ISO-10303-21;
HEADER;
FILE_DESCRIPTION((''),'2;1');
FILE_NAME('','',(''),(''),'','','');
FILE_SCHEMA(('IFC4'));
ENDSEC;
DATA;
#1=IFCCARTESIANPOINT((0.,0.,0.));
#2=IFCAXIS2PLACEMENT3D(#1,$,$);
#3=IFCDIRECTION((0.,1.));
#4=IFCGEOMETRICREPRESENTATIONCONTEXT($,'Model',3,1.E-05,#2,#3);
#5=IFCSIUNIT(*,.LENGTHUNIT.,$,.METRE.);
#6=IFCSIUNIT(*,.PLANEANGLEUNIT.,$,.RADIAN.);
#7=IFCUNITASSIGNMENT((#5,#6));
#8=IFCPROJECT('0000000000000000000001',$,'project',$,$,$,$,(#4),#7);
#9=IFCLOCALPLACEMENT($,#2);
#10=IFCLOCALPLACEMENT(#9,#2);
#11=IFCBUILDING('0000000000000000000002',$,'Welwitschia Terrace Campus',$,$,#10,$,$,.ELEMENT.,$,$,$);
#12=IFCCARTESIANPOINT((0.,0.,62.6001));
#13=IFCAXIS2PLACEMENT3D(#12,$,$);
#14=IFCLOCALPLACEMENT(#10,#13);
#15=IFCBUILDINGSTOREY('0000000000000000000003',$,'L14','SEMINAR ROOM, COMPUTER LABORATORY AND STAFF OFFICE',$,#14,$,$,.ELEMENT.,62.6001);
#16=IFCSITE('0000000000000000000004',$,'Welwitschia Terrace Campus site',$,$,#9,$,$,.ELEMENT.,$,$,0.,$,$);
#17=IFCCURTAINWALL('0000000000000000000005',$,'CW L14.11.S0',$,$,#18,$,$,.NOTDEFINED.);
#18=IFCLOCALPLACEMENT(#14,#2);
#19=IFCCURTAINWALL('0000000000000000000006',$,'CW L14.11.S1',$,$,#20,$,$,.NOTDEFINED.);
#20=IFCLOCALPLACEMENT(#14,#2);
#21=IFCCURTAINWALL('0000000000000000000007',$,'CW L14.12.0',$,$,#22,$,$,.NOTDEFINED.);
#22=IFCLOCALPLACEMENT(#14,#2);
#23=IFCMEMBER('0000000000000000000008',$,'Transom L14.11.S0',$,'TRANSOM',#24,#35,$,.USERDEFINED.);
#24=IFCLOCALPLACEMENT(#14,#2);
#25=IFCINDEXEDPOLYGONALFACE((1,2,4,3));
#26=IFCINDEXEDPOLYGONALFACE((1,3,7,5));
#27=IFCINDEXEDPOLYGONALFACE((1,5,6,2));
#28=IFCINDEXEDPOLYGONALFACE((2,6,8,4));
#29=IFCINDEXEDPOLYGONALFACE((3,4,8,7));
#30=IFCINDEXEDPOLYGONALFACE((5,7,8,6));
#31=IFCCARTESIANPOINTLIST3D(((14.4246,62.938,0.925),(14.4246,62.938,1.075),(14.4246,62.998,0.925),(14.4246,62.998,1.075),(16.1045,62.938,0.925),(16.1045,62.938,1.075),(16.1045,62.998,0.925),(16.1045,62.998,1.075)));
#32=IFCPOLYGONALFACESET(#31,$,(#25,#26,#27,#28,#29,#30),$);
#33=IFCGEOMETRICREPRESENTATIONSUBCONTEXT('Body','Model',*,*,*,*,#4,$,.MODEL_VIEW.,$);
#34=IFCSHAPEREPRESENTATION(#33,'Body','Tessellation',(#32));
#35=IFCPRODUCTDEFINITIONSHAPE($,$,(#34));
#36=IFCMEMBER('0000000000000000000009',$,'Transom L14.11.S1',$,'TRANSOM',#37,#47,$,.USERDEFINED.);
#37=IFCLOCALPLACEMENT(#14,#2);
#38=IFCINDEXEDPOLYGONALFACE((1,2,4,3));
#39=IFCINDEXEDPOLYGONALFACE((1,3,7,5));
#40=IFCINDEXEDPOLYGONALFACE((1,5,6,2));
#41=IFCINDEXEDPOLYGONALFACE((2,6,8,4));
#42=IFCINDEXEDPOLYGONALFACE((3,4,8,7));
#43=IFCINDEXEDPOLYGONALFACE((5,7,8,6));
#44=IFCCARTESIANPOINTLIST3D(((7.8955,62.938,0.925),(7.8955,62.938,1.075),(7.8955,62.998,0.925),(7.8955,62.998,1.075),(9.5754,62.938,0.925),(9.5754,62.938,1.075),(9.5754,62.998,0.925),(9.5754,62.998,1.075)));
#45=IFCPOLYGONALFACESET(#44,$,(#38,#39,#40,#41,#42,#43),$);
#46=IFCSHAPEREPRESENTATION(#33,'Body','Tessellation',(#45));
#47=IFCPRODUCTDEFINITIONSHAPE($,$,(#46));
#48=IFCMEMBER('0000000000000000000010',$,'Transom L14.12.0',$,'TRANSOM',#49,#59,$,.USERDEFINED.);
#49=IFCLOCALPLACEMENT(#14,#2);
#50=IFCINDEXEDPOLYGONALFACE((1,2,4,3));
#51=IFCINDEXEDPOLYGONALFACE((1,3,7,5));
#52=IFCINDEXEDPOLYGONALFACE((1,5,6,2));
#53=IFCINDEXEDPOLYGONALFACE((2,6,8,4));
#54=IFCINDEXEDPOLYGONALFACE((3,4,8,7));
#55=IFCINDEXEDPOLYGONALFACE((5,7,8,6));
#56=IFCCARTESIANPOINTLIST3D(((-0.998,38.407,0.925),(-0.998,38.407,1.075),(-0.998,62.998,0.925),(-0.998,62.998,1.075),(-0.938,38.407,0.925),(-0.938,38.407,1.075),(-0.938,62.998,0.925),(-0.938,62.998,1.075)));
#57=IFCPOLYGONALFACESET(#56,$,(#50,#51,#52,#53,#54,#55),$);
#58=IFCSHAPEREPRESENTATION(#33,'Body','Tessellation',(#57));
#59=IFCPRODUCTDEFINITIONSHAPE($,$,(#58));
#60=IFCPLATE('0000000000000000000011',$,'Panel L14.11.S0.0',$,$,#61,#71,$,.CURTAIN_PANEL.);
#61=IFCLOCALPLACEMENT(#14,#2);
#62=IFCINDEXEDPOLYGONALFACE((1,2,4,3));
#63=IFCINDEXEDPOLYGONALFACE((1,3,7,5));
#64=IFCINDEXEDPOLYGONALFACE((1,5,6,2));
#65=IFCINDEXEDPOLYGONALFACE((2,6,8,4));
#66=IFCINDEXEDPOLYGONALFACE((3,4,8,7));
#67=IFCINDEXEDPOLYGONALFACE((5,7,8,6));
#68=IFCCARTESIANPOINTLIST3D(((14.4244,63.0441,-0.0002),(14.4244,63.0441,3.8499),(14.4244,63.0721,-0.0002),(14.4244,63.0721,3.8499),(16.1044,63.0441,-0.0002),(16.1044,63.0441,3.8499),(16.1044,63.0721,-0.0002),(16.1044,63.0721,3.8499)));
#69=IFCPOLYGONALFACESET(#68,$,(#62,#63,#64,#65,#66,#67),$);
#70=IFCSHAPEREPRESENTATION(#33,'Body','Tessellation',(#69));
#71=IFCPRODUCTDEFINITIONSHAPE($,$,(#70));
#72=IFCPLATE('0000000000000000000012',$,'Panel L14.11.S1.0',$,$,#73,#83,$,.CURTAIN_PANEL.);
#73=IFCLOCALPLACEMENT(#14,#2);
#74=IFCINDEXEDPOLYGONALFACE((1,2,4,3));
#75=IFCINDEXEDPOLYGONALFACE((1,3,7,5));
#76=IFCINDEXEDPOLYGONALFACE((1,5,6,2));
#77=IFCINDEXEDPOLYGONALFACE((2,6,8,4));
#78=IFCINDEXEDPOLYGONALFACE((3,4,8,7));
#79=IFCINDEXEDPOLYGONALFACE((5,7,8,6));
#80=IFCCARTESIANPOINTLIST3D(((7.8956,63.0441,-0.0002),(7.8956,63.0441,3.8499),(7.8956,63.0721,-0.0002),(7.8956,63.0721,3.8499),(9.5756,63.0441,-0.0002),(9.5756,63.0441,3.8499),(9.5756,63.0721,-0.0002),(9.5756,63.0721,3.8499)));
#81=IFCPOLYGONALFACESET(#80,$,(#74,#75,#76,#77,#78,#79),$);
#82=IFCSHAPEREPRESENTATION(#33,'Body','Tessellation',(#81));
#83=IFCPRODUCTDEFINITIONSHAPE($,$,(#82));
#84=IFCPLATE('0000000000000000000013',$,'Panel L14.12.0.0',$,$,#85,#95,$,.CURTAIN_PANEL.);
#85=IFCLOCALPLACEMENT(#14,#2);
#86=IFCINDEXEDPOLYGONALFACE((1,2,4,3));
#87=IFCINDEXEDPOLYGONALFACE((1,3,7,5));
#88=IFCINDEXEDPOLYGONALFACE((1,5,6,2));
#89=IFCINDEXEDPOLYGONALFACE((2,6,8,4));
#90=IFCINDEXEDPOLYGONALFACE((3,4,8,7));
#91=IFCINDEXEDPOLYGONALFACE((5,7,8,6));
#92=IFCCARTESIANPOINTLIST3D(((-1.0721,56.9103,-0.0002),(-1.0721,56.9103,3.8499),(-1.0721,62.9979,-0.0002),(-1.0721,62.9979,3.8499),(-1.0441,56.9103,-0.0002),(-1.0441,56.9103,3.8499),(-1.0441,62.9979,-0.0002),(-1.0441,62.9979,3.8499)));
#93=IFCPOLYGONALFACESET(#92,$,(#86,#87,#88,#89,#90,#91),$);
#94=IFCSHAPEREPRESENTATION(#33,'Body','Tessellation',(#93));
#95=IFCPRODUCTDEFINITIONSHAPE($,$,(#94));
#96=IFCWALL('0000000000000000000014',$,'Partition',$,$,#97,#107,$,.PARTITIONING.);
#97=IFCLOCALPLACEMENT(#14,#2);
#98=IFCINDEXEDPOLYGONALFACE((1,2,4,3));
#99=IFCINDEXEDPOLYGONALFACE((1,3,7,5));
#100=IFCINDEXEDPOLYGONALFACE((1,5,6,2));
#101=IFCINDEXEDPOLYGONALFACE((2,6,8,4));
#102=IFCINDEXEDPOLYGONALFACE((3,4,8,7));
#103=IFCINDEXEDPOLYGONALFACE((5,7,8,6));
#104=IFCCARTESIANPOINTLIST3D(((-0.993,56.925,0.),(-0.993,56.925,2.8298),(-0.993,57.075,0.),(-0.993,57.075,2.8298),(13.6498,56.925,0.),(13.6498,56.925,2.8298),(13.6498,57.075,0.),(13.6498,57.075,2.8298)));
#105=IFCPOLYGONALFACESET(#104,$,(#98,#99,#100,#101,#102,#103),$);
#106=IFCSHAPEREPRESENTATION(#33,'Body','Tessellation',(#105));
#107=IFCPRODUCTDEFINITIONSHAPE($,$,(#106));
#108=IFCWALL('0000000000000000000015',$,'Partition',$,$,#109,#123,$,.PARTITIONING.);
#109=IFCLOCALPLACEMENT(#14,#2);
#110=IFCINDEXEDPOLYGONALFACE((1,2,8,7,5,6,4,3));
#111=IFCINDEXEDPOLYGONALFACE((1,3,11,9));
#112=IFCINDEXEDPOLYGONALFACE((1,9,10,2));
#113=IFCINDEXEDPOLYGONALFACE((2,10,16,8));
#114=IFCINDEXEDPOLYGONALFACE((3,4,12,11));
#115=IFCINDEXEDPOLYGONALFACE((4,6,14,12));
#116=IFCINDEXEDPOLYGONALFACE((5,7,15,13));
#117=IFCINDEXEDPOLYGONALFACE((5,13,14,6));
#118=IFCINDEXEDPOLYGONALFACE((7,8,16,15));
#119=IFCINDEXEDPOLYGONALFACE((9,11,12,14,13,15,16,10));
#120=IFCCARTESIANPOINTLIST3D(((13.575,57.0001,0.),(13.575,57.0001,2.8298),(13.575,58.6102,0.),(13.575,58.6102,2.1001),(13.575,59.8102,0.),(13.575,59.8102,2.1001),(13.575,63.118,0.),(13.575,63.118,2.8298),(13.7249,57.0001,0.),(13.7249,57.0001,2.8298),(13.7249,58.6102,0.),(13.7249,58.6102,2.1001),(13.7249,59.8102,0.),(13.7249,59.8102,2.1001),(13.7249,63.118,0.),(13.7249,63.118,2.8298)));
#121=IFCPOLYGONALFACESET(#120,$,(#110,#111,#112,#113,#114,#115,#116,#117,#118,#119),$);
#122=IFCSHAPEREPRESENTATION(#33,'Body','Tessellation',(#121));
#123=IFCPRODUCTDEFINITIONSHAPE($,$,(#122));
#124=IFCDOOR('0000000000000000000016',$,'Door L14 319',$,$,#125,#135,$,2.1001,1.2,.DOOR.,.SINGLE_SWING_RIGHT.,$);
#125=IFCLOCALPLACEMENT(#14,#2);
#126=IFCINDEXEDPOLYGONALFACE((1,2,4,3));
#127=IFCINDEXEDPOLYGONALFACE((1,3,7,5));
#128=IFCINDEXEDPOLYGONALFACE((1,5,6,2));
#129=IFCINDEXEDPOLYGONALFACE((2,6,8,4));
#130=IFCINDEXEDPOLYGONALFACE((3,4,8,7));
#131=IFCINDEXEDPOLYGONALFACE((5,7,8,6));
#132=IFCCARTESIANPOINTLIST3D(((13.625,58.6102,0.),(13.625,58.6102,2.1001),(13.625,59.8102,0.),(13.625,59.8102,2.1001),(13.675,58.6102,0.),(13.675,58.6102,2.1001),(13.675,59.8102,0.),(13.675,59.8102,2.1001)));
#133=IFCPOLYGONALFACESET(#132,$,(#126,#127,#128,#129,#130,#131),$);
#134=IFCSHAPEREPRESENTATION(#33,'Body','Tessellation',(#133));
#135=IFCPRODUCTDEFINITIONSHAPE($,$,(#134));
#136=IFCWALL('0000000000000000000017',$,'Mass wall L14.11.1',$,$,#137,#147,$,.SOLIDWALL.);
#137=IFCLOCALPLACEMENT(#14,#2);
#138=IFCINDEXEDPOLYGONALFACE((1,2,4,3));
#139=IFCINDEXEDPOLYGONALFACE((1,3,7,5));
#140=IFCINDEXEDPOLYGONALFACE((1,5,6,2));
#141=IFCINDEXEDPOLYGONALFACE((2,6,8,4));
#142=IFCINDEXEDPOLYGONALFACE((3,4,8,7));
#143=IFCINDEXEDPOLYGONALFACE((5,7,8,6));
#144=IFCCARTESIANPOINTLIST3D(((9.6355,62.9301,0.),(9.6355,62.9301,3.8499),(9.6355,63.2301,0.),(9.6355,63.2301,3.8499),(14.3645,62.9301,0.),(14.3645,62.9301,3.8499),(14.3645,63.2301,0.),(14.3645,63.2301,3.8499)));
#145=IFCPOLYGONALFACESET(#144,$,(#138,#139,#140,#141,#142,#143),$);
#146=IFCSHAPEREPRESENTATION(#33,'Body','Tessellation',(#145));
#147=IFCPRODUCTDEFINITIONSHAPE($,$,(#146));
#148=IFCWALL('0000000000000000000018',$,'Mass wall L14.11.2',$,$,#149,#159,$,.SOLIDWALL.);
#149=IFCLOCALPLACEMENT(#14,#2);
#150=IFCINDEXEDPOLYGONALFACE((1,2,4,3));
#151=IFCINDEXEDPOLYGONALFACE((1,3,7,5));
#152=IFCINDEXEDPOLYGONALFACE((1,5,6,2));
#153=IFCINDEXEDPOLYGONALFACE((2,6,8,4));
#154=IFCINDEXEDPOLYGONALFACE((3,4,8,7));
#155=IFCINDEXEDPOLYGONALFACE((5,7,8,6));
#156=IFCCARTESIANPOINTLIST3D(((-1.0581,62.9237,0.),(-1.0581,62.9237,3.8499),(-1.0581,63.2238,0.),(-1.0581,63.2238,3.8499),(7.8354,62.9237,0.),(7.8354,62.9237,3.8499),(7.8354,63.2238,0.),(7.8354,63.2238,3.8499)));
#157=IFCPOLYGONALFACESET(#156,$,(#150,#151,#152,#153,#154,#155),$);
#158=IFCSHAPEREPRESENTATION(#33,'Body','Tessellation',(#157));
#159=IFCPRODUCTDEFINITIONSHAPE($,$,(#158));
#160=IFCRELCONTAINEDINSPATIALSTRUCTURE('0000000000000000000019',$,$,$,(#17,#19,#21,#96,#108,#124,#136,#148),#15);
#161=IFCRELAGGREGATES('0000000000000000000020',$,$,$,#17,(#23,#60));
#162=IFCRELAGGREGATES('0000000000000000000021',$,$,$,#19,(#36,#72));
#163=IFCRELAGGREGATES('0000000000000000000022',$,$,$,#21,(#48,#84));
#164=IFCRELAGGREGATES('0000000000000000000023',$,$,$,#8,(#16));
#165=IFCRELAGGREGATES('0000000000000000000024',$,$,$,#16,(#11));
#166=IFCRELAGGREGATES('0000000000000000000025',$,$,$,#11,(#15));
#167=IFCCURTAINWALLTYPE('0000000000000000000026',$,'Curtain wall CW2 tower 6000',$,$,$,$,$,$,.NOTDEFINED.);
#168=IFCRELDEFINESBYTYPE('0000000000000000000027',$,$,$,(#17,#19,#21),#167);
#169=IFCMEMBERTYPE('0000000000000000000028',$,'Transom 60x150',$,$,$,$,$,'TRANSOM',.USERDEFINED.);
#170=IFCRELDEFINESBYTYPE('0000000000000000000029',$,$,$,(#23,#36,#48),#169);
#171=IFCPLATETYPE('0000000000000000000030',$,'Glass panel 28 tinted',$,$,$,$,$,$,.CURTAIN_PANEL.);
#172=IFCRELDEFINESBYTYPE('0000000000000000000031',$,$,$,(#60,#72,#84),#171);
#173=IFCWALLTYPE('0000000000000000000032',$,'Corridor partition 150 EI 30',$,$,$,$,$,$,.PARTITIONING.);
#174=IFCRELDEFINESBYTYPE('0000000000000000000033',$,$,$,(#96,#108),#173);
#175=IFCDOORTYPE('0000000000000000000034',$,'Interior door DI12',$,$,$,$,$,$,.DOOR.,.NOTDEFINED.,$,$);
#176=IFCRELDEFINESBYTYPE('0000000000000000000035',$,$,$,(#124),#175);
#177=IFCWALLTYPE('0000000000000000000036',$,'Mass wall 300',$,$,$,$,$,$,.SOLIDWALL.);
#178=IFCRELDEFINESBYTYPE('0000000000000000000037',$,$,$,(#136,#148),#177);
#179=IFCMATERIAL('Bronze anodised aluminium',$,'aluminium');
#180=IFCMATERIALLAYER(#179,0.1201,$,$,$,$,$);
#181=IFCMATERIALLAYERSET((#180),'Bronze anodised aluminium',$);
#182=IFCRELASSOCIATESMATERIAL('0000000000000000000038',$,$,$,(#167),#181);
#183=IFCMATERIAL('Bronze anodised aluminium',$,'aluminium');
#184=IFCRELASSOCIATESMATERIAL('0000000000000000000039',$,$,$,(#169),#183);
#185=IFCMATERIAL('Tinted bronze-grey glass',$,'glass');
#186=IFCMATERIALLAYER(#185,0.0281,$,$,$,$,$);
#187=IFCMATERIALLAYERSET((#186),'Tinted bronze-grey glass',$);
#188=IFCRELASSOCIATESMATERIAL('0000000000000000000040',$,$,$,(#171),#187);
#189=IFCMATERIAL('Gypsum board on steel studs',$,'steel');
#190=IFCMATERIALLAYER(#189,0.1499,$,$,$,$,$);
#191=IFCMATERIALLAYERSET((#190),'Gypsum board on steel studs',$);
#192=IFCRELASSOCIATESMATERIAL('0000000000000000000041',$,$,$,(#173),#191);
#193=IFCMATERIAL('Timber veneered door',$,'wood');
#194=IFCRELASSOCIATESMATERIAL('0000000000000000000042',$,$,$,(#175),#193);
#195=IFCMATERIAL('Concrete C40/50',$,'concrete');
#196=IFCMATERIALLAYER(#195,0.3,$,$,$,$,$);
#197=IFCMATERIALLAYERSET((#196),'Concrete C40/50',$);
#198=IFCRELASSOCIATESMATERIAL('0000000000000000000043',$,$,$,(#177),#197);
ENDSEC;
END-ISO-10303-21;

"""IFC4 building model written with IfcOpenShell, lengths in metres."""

from ifc_helpers import new_model, si_unit, direction, frame, frame_2d, origin, origin_2d, place, context, subcontext, project, spatial, rectangle, extrude, material, layer, layer_set, material_profile, profile_set, type_object, element, fill, aggregate, save


model = new_model("IFC4")

# Units and contexts
model_context = context("Model", 3, precision=1e-05, world=origin(), true_north=direction((0.0, 1.0)))
body_context = subcontext(model_context, "Body", "Model", "MODEL_VIEW")
ifc_project = project(units=[si_unit("LENGTHUNIT", "METRE"), si_unit("PLANEANGLEUNIT", "RADIAN")], contexts=[model_context])

# Site, building, storey
site_placement = place(None, origin())
site = spatial("IfcSite", under=ifc_project, at=site_placement, Name="Welwitschia Terrace Campus site", CompositionType="ELEMENT", RefElevation=0.0)
building_placement = place(site_placement, origin())
building = spatial("IfcBuilding", under=site, at=building_placement, Name="Welwitschia Terrace Campus", CompositionType="ELEMENT")
storey_placement = place(building_placement, frame((0.0, 0.0, 62.6001)))
storey = spatial("IfcBuildingStorey", under=building, at=storey_placement, Name="L14", Description="SEMINAR ROOM, COMPUTER LABORATORY AND STAFF OFFICE", CompositionType="ELEMENT", Elevation=62.6001)

# Curtain walls
ifc_material_1 = material(Name="Bronze anodised aluminium", Category="aluminium")
ifc_layer_1 = layer(ifc_material_1, 0.1201)
ifc_layer_set_1 = layer_set([ifc_layer_1], Name="Bronze anodised aluminium")
curtain_wall_type = type_object("IfcCurtainWallType", Name="Curtain wall CW2 tower 6000", PredefinedType="NOTDEFINED", material=ifc_layer_set_1)
curtain_wall_1_placement = place(storey_placement, origin())
curtain_wall_1 = element("IfcCurtainWall", 1, at=curtain_wall_1_placement, inside=storey, type_object=curtain_wall_type, Name="CW L14.11.S0", PredefinedType="NOTDEFINED")
curtain_wall_2_placement = place(storey_placement, origin())
curtain_wall_2 = element("IfcCurtainWall", 2, at=curtain_wall_2_placement, inside=storey, type_object=curtain_wall_type, Name="CW L14.11.S1", PredefinedType="NOTDEFINED")
curtain_wall_3_placement = place(storey_placement, origin())
curtain_wall_3 = element("IfcCurtainWall", 3, at=curtain_wall_3_placement, inside=storey, type_object=curtain_wall_type, Name="CW L14.12.0", PredefinedType="NOTDEFINED")

# Members
ifc_material_2 = material(Name="Bronze anodised aluminium", Category="aluminium")
ifc_material_profile_1 = material_profile(ifc_material_2, rectangle(XDim=0.0601, YDim=0.1499, at=origin_2d()))
ifc_profile_set_1 = profile_set([ifc_material_profile_1], Name="Bronze anodised aluminium")
member_type_1 = type_object("IfcMemberType", Name="Transom 60x150", ElementType="TRANSOM", PredefinedType="USERDEFINED", material=ifc_profile_set_1)
member_1_placement = place(storey_placement, frame((16.1045, 62.968, 1.0), z_axis=(-1.0, 0.0, 0.0), x_axis=(0.0, -1.0, 0.0)))
member_1 = element("IfcMember", 4, at=member_1_placement, type_object=member_type_1, Name="Transom L14.11.S0", ObjectType="TRANSOM", PredefinedType="USERDEFINED", context=body_context, shape_type="SweptSolid", body=[
    extrude(rectangle(XDim=0.0601, YDim=0.1499, at=origin_2d()), origin(), (0.0, 0.0, 1.0), 1.6799),
])
member_2_placement = place(storey_placement, frame((9.5754, 62.968, 1.0), z_axis=(-1.0, 0.0, 0.0), x_axis=(0.0, -1.0, 0.0)))
member_2 = element("IfcMember", 5, at=member_2_placement, type_object=member_type_1, Name="Transom L14.11.S1", ObjectType="TRANSOM", PredefinedType="USERDEFINED", context=body_context, shape_type="SweptSolid", body=[
    extrude(rectangle(XDim=0.0601, YDim=0.1499, at=origin_2d()), origin(), (0.0, 0.0, 1.0), 1.6799),
])
member_3_placement = place(storey_placement, frame((-0.968, 62.998, 1.0), z_axis=(0.0, -1.0, 0.0), x_axis=(1.0, 0.0, 0.0)))
member_3 = element("IfcMember", 6, at=member_3_placement, type_object=member_type_1, Name="Transom L14.12.0", ObjectType="TRANSOM", PredefinedType="USERDEFINED", context=body_context, shape_type="SweptSolid", body=[
    extrude(rectangle(XDim=0.0601, YDim=0.1499, at=origin_2d()), origin(), (0.0, 0.0, 1.0), 24.5911),
])

# Plates
ifc_material_3 = material(Name="Tinted bronze-grey glass", Category="glass")
ifc_layer_2 = layer(ifc_material_3, 0.0281)
ifc_layer_set_2 = layer_set([ifc_layer_2], Name="Tinted bronze-grey glass")
plate_type = type_object("IfcPlateType", Name="Glass panel 28 tinted", PredefinedType="CURTAIN_PANEL", material=ifc_layer_set_2)
plate_1_placement = place(storey_placement, frame((15.2644, 63.0581, -0.0002), z_axis=(0.0, 0.0, 1.0), x_axis=(-1.0, 0.0, 0.0)))
plate_1 = element("IfcPlate", 7, at=plate_1_placement, type_object=plate_type, Name="Panel L14.11.S0.0", PredefinedType="CURTAIN_PANEL", context=body_context, shape_type="SweptSolid", body=[
    extrude(rectangle(XDim=1.6799, YDim=0.0281, at=origin_2d()), origin(), (0.0, 0.0, 1.0), 3.8501),
])
aggregate(curtain_wall_1, [member_1, plate_1])
plate_2_placement = place(storey_placement, frame((8.7356, 63.0581, -0.0002), z_axis=(0.0, 0.0, 1.0), x_axis=(-1.0, 0.0, 0.0)))
plate_2 = element("IfcPlate", 8, at=plate_2_placement, type_object=plate_type, Name="Panel L14.11.S1.0", PredefinedType="CURTAIN_PANEL", context=body_context, shape_type="SweptSolid", body=[
    extrude(rectangle(XDim=1.6799, YDim=0.0281, at=origin_2d()), origin(), (0.0, 0.0, 1.0), 3.8501),
])
aggregate(curtain_wall_2, [member_2, plate_2])
plate_3_placement = place(storey_placement, frame((-1.0581, 59.9541, -0.0002), z_axis=(0.0, 0.0, 1.0), x_axis=(0.0, -1.0, 0.0)))
plate_3 = element("IfcPlate", 9, at=plate_3_placement, type_object=plate_type, Name="Panel L14.12.0.0", PredefinedType="CURTAIN_PANEL", context=body_context, shape_type="SweptSolid", body=[
    extrude(rectangle(XDim=6.0876, YDim=0.0281, at=origin_2d()), origin(), (0.0, 0.0, 1.0), 3.8501),
])
aggregate(curtain_wall_3, [member_3, plate_3])

# Wall
ifc_material_4 = material(Name="Gypsum board on steel studs", Category="steel")
ifc_layer_3 = layer(ifc_material_4, 0.1499)
ifc_layer_set_3 = layer_set([ifc_layer_3], Name="Gypsum board on steel studs")
wall_type_1 = type_object("IfcWallType", Name="Corridor partition 150 EI 30", PredefinedType="PARTITIONING", material=ifc_layer_set_3)
wall_1_placement = place(storey_placement, frame((-0.9929, 57.0, 0.0), z_axis=(0.0, 0.0, 1.0), x_axis=(1.0, 0.0, 0.0)))
element("IfcWall", 10, at=wall_1_placement, inside=storey, type_object=wall_type_1, Name="Partition", PredefinedType="PARTITIONING", context=body_context, shape_type="SweptSolid", body=[
    extrude(rectangle(XDim=14.6428, YDim=0.1499, at=frame_2d((7.3213, 0.0))), origin(), (0.0, 0.0, 1.0), 2.8298),
])

# Wall, opening, door
wall_2_placement = place(storey_placement, frame((13.6499, 57.0, 0.0), z_axis=(0.0, 0.0, 1.0), x_axis=(0.0, 1.0, 0.0)))
wall_2 = element("IfcWall", 11, at=wall_2_placement, inside=storey, type_object=wall_type_1, Name="Partition", PredefinedType="PARTITIONING", context=body_context, shape_type="SweptSolid", body=[
    extrude(rectangle(XDim=6.1179, YDim=0.1499, at=frame_2d((3.0591, 0.0))), origin(), (0.0, 0.0, 1.0), 2.8298),
])
opening_placement = place(wall_2_placement, frame((1.6101, 0.0, 0.0)))
opening = element("IfcOpeningElement", 12, at=opening_placement, cuts=wall_2, PredefinedType="OPENING", context=body_context, shape_type="SweptSolid", body=[
    extrude(rectangle(XDim=1.2, YDim=2.1001, at=frame_2d((0.6001, 1.05))), frame((0.0, 0.085, 0.0), z_axis=(0.0, -1.0, 0.0), x_axis=(1.0, 0.0, 0.0)), (0.0, 0.0, 1.0), 0.1699),
])
ifc_material_5 = material(Name="Timber veneered door", Category="wood")
door_type = type_object("IfcDoorType", Name="Interior door DI12", OperationType="NOTDEFINED", PredefinedType="DOOR", material=ifc_material_5)
door_placement = place(opening_placement, origin())
door = element("IfcDoor", 13, at=door_placement, inside=storey, type_object=door_type, Name="Door L14 319", OperationType="SINGLE_SWING_RIGHT", OverallHeight=2.1001, OverallWidth=1.2, PredefinedType="DOOR", context=body_context, shape_type="SweptSolid", body=[
    extrude(rectangle(XDim=1.2, YDim=2.1001, at=frame_2d((0.6001, 1.05))), frame((0.0, 0.0249, 0.0), z_axis=(0.0, -1.0, 0.0), x_axis=(1.0, 0.0, 0.0)), (0.0, 0.0, 1.0), 0.05),
])
fill(opening, door)

# Walls
ifc_material_6 = material(Name="Concrete C40/50", Category="concrete")
ifc_layer_4 = layer(ifc_material_6, 0.3)
ifc_layer_set_4 = layer_set([ifc_layer_4], Name="Concrete C40/50")
wall_type_2 = type_object("IfcWallType", Name="Mass wall 300", PredefinedType="SOLIDWALL", material=ifc_layer_set_4)
wall_3_placement = place(storey_placement, frame((14.3645, 63.0801, 0.0), z_axis=(0.0, 0.0, 1.0), x_axis=(-1.0, 0.0, 0.0)))
element("IfcWall", 14, at=wall_3_placement, inside=storey, type_object=wall_type_2, Name="Mass wall L14.11.1", PredefinedType="SOLIDWALL", context=body_context, shape_type="SweptSolid", body=[
    extrude(rectangle(XDim=4.729, YDim=0.3, at=frame_2d((2.3645, 0.0))), origin(), (0.0, 0.0, 1.0), 3.8499),
])
wall_4_placement = place(storey_placement, frame((7.8354, 63.0737, 0.0), z_axis=(0.0, 0.0, 1.0), x_axis=(-1.0, 0.0, 0.0)))
element("IfcWall", 15, at=wall_4_placement, inside=storey, type_object=wall_type_2, Name="Mass wall L14.11.2", PredefinedType="SOLIDWALL", context=body_context, shape_type="SweptSolid", body=[
    extrude(rectangle(XDim=8.8936, YDim=0.3, at=frame_2d((4.4468, 0.0))), origin(), (0.0, 0.0, 1.0), 3.8499),
])

save(model, "model.ifc")
